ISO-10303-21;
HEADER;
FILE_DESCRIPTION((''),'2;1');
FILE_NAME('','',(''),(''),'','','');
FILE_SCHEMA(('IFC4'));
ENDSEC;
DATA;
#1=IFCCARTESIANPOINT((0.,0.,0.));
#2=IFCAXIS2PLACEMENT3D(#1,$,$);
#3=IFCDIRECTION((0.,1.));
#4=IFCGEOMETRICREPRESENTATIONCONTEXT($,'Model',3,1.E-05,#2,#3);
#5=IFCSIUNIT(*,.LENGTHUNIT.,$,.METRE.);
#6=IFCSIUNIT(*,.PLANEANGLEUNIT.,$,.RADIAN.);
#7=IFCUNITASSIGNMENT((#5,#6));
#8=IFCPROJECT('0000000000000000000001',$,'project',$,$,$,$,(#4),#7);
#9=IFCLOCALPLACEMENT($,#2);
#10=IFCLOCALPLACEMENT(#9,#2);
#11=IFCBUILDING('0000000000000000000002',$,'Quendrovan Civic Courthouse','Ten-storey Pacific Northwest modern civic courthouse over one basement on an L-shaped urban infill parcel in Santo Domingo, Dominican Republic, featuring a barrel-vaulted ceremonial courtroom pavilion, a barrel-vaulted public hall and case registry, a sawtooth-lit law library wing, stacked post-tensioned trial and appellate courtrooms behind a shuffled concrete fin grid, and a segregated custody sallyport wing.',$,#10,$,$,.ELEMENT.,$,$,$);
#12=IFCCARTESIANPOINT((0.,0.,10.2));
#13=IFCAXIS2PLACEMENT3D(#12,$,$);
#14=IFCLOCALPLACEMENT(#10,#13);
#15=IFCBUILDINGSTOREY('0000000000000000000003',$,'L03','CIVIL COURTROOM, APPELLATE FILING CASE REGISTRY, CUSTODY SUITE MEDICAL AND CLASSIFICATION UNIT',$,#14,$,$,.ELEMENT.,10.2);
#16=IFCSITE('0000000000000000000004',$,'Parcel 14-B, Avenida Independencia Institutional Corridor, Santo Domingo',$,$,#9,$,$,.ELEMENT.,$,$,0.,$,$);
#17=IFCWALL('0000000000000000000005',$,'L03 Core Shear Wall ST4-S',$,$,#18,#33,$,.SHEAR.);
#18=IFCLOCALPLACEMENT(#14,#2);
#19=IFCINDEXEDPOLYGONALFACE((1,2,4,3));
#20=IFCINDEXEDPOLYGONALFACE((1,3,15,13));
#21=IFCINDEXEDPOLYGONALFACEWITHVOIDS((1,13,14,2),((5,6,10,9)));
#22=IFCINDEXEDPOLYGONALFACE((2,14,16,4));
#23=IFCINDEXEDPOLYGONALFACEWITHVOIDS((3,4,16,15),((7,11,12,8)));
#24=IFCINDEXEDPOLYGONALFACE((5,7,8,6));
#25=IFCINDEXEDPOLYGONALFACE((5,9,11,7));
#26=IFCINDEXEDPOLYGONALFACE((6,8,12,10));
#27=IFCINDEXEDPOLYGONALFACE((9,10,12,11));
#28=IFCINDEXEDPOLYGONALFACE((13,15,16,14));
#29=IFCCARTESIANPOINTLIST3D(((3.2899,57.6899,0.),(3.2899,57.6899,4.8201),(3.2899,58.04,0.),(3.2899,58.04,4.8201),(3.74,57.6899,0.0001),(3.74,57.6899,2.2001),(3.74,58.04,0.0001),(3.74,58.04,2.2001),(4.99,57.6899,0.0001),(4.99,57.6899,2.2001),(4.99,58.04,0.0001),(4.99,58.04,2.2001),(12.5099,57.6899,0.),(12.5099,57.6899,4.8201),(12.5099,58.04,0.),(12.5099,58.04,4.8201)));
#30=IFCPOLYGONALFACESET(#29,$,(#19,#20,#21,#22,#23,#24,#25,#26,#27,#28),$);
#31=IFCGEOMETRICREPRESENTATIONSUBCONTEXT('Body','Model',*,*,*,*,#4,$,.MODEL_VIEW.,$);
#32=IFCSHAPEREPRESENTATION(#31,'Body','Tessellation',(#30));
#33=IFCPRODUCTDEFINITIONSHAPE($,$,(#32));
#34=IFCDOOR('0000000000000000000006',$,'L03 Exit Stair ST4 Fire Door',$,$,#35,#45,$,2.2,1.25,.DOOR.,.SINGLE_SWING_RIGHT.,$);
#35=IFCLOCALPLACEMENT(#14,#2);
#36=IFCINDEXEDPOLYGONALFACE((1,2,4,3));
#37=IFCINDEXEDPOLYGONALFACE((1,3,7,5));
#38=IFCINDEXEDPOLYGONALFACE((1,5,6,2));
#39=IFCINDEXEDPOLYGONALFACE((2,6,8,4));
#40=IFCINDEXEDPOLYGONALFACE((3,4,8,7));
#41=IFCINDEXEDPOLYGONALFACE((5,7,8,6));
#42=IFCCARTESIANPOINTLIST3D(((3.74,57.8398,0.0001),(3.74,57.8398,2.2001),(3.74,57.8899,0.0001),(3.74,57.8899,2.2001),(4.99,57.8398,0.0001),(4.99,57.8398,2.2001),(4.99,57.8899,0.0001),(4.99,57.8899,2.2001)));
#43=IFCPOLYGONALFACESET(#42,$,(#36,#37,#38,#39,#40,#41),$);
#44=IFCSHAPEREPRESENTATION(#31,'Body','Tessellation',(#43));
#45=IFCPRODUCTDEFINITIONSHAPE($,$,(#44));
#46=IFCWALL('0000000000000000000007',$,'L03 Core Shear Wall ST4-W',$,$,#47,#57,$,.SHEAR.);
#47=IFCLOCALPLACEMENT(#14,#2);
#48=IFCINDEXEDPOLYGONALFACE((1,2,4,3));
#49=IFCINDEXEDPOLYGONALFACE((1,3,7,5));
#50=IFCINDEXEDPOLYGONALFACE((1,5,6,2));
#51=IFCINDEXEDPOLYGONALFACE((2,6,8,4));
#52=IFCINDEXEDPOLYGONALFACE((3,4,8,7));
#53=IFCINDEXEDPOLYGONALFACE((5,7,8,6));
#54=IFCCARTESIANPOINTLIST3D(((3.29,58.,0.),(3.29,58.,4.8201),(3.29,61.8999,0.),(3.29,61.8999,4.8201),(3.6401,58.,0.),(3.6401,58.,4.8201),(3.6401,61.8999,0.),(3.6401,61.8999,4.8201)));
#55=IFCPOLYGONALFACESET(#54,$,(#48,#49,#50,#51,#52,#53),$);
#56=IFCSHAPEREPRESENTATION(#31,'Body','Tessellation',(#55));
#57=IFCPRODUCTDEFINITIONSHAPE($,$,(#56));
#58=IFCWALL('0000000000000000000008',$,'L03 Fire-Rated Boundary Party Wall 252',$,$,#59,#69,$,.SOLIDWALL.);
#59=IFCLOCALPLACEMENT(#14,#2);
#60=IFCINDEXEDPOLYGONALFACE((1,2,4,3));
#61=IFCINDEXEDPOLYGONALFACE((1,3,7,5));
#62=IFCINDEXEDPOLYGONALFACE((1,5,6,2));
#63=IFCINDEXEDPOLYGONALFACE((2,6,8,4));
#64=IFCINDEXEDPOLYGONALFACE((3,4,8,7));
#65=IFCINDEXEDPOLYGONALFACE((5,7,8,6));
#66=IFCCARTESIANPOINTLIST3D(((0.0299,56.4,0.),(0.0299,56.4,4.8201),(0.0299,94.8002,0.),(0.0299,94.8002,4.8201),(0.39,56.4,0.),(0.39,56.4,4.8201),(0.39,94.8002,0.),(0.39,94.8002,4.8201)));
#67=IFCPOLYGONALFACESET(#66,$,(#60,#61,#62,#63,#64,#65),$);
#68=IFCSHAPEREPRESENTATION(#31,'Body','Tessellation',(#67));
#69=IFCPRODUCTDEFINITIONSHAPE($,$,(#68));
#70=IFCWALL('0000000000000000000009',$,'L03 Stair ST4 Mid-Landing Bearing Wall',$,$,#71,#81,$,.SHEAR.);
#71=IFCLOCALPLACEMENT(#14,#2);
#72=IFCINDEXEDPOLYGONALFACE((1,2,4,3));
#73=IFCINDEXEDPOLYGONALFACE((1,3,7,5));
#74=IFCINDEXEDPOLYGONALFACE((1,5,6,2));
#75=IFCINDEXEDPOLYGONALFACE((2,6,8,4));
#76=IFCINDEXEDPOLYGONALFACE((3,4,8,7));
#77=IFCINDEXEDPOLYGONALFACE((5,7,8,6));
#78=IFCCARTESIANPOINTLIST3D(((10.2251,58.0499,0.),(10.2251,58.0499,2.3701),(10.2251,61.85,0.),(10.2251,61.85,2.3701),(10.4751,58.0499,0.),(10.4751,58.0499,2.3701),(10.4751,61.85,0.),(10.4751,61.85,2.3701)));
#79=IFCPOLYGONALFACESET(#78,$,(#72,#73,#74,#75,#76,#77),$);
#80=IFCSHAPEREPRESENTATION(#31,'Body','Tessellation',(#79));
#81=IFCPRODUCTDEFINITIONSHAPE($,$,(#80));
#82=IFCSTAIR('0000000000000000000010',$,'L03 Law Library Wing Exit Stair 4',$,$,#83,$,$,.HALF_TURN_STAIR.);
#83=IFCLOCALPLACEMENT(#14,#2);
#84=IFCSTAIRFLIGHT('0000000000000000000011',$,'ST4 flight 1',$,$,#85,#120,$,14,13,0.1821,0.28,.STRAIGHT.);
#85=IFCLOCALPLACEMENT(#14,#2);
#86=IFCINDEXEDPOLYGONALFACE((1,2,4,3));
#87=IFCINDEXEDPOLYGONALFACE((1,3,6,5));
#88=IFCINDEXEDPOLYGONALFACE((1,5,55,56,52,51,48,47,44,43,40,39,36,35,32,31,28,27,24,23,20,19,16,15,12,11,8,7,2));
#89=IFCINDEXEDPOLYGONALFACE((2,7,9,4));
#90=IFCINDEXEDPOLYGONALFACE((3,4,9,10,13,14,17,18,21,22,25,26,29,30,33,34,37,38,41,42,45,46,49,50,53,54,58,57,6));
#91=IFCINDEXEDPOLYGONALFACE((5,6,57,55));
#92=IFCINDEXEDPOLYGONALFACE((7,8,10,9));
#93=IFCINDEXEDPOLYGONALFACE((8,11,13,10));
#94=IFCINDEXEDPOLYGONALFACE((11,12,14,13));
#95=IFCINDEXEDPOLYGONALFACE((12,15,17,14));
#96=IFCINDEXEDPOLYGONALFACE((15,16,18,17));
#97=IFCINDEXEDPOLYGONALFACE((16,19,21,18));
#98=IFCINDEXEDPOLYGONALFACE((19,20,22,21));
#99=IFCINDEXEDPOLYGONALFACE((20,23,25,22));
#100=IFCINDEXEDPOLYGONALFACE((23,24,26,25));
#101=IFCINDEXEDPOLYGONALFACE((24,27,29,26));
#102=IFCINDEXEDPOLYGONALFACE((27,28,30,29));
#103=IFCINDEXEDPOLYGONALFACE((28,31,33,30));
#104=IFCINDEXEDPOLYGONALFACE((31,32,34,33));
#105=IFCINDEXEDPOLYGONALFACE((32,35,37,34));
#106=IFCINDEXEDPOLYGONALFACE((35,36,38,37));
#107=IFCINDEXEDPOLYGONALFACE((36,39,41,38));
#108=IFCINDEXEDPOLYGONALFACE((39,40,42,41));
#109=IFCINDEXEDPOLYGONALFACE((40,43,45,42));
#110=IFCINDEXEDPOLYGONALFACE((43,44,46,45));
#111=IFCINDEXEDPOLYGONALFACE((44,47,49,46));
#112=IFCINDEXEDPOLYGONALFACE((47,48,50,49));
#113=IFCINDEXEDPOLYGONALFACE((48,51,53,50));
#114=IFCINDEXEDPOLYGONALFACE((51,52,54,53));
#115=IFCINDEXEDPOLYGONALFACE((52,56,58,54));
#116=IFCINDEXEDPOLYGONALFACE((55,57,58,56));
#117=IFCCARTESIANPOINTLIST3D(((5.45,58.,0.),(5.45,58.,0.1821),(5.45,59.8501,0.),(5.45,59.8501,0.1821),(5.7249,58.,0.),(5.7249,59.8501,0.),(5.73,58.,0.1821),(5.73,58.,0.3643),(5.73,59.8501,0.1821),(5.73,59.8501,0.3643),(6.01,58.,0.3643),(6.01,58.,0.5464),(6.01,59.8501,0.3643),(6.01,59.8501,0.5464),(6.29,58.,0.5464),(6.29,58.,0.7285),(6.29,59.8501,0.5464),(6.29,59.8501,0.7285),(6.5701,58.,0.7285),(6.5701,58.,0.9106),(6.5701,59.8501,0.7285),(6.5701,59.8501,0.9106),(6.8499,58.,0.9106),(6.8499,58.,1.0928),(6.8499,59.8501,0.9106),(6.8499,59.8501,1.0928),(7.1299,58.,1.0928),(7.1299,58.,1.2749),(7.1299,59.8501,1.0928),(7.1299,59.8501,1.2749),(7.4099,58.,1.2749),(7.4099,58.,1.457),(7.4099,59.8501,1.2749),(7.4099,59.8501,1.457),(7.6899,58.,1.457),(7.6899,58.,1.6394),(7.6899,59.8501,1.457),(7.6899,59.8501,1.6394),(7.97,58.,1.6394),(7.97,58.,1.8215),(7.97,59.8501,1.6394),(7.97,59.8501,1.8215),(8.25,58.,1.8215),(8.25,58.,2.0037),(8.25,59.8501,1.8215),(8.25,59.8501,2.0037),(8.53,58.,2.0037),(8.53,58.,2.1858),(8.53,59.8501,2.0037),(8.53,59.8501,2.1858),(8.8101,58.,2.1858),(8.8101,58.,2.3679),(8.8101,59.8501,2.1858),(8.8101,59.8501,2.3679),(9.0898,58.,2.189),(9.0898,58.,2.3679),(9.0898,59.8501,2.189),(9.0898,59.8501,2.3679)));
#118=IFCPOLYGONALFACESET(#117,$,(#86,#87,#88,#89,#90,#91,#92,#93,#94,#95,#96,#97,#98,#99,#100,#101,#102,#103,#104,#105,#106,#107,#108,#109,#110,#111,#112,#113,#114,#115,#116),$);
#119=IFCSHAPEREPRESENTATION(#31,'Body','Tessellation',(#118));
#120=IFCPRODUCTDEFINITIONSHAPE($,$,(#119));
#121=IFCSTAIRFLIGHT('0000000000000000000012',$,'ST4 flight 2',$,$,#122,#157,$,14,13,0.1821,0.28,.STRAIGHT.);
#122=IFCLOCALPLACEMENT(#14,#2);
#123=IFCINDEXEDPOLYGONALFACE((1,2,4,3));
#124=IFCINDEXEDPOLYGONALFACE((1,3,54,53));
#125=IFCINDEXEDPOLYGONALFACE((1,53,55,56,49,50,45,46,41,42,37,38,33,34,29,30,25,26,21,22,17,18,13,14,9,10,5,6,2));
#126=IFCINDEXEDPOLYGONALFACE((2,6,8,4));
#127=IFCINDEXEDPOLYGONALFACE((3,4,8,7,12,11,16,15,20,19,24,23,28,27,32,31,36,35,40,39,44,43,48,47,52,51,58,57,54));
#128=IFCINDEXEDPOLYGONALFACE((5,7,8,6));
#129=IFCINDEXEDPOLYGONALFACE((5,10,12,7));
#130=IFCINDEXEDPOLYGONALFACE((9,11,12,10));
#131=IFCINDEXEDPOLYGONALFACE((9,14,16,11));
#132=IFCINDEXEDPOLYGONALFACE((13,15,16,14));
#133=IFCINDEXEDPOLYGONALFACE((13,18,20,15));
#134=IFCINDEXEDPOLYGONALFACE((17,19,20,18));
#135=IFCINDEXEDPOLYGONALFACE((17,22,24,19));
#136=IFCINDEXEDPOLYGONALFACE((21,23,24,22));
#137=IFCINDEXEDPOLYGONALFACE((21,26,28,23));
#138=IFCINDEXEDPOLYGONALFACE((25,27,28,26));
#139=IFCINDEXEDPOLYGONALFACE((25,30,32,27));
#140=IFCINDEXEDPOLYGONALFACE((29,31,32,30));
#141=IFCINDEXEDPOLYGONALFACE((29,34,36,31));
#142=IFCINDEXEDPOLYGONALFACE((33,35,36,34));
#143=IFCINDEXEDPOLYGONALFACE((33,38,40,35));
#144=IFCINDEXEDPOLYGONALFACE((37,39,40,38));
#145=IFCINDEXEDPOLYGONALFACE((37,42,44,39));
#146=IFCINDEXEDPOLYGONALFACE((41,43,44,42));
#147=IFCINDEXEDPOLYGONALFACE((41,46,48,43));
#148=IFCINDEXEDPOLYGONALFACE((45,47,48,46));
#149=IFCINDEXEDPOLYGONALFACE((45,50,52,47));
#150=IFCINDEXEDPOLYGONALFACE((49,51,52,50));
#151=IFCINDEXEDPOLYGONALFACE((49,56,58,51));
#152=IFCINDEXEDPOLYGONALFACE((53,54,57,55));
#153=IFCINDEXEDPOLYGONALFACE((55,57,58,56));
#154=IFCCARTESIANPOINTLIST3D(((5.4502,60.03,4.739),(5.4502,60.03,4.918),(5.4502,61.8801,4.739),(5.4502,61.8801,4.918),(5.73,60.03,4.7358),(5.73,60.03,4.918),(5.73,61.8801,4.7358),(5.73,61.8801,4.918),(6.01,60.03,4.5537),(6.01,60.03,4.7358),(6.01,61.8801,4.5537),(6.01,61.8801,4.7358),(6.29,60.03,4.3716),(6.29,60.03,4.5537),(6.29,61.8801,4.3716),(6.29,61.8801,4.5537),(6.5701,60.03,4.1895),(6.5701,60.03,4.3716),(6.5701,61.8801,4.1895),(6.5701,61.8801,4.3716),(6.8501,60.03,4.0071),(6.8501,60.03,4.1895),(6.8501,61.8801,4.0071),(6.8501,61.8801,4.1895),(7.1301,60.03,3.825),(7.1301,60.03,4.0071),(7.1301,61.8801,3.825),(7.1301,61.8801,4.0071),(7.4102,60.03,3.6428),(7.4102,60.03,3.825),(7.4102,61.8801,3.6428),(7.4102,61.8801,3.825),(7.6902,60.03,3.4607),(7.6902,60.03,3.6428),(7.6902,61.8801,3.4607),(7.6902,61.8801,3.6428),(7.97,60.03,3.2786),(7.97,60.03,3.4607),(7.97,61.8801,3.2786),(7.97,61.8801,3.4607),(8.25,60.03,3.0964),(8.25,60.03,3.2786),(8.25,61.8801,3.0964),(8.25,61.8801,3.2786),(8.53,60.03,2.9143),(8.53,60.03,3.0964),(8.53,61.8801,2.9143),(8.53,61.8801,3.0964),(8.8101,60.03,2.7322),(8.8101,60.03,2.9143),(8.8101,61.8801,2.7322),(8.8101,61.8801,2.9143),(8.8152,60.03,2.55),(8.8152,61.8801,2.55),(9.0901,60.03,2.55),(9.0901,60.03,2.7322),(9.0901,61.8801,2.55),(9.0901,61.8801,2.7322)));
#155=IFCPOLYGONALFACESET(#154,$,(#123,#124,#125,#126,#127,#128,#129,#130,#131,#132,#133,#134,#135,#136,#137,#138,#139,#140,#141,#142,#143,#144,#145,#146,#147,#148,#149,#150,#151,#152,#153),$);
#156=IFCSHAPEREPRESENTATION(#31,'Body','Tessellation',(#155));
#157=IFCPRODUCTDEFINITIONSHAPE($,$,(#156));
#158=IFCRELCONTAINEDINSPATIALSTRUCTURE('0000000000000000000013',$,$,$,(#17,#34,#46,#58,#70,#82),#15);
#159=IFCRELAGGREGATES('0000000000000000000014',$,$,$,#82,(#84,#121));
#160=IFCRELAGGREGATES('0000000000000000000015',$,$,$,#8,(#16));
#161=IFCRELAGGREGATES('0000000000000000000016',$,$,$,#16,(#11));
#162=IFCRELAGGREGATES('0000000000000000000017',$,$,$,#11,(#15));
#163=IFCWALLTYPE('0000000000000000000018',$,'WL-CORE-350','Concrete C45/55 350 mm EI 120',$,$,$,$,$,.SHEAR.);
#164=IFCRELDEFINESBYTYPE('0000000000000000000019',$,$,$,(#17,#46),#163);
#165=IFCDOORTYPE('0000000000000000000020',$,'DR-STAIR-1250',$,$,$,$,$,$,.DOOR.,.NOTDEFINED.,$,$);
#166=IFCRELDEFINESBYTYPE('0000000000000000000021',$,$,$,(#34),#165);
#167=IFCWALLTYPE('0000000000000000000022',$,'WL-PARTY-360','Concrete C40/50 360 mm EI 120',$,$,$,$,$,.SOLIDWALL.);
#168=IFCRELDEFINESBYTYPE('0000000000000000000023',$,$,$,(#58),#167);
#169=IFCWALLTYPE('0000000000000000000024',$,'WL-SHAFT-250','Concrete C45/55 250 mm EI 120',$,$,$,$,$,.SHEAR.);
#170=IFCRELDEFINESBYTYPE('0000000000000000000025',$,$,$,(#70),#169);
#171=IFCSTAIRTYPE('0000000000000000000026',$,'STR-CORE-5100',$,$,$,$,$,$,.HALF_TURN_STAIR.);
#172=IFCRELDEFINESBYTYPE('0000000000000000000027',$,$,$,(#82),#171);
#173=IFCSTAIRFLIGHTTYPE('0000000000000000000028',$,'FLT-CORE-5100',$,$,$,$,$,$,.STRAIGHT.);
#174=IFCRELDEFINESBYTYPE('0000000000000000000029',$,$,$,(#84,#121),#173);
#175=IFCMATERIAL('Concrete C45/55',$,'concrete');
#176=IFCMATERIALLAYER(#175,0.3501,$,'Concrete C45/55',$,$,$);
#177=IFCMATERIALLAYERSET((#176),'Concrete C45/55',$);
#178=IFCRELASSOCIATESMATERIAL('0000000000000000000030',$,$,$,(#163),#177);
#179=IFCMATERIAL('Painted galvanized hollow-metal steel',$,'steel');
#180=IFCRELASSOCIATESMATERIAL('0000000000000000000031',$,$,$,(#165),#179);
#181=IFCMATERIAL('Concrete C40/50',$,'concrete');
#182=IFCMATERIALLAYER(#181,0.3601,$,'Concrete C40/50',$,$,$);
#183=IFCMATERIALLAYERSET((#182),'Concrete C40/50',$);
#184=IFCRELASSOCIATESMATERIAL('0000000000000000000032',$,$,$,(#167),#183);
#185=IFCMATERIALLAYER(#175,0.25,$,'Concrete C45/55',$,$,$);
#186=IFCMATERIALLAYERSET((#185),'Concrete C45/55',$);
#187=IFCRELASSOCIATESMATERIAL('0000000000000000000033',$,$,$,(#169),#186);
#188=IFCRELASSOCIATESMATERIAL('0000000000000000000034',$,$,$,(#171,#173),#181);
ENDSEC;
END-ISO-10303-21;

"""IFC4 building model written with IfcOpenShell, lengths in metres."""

from ifc_helpers import new_model, si_unit, direction, frame, frame_2d, origin, place, context, subcontext, project, spatial, polyline, rectangle, outline, extrude, material, layer, layer_set, type_object, element, fill, aggregate, save


model = new_model("IFC4")

# Units and contexts
model_context = context("Model", 3, precision=1e-05, world=origin(), true_north=direction((0.0, 1.0)))
body_context = subcontext(model_context, "Body", "Model", "MODEL_VIEW")
ifc_project = project(units=[si_unit("LENGTHUNIT", "METRE"), si_unit("PLANEANGLEUNIT", "RADIAN")], contexts=[model_context])

# Site, building, storey
site_placement = place(None, origin())
site = spatial("IfcSite", under=ifc_project, at=site_placement, Name="Parcel 14-B, Avenida Independencia Institutional Corridor, Santo Domingo", CompositionType="ELEMENT", RefElevation=0.0)
building_placement = place(site_placement, origin())
building = spatial("IfcBuilding", under=site, at=building_placement, Name="Quendrovan Civic Courthouse", Description="Ten-storey Pacific Northwest modern civic courthouse over one basement on an L-shaped urban infill parcel in Santo Domingo, Dominican Republic, featuring a barrel-vaulted ceremonial courtroom pavilion, a barrel-vaulted public hall and case registry, a sawtooth-lit law library wing, stacked post-tensioned trial and appellate courtrooms behind a shuffled concrete fin grid, and a segregated custody sallyport wing.", CompositionType="ELEMENT")
storey_placement = place(building_placement, frame((0.0, 0.0, 10.2)))
storey = spatial("IfcBuildingStorey", under=building, at=storey_placement, Name="L03", Description="CIVIL COURTROOM, APPELLATE FILING CASE REGISTRY, CUSTODY SUITE MEDICAL AND CLASSIFICATION UNIT", CompositionType="ELEMENT", Elevation=10.2)

# Shared definitions
ifc_material_1 = material(Name="Concrete C45/55", Category="concrete")

# Shared definitions
ifc_material_2 = material(Name="Concrete C40/50", Category="concrete")

# Wall, opening, door
ifc_layer_1 = layer(ifc_material_1, 0.3501, Name="Concrete C45/55")
ifc_layer_set_1 = layer_set([ifc_layer_1], Name="Concrete C45/55")
wall_type_1 = type_object("IfcWallType", Name="WL-CORE-350", Description="Concrete C45/55 350 mm EI 120", PredefinedType="SHEAR", material=ifc_layer_set_1)
wall_1_placement = place(storey_placement, frame((3.29, 57.865, 0.0), z_axis=(0.0, 0.0, 1.0), x_axis=(1.0, 0.0, 0.0)))
wall_1 = element("IfcWall", 1, at=wall_1_placement, inside=storey, type_object=wall_type_1, Name="L03 Core Shear Wall ST4-S", PredefinedType="SHEAR", context=body_context, shape_type="SweptSolid", body=[
    extrude(rectangle(XDim=9.22, YDim=0.3501, at=frame_2d((4.6099, 0.0))), origin(), (0.0, 0.0, 1.0), 4.8201),
])
opening_placement = place(wall_1_placement, frame((0.45, 0.0, 0.0)))
opening = element("IfcOpeningElement", 2, at=opening_placement, cuts=wall_1, PredefinedType="OPENING", context=body_context, shape_type="SweptSolid", body=[
    extrude(rectangle(XDim=1.25, YDim=2.2, at=frame_2d((0.625, 1.1001))), frame((0.0, 0.1851, 0.0), z_axis=(0.0, -1.0, 0.0), x_axis=(1.0, 0.0, 0.0)), (0.0, 0.0, 1.0), 0.3701),
])
ifc_material_3 = material(Name="Painted galvanized hollow-metal steel", Category="steel")
door_type = type_object("IfcDoorType", Name="DR-STAIR-1250", OperationType="NOTDEFINED", PredefinedType="DOOR", material=ifc_material_3)
door_placement = place(opening_placement, origin())
door = element("IfcDoor", 3, at=door_placement, inside=storey, type_object=door_type, Name="L03 Exit Stair ST4 Fire Door", OperationType="SINGLE_SWING_RIGHT", OverallHeight=2.2, OverallWidth=1.25, PredefinedType="DOOR", context=body_context, shape_type="SweptSolid", body=[
    extrude(rectangle(XDim=1.25, YDim=2.2, at=frame_2d((0.625, 1.1001))), frame((0.0, 0.0249, 0.0), z_axis=(0.0, -1.0, 0.0), x_axis=(1.0, 0.0, 0.0)), (0.0, 0.0, 1.0), 0.05),
])
fill(opening, door)

# Walls
wall_2_placement = place(storey_placement, frame((3.4651, 58.0, 0.0), z_axis=(0.0, 0.0, 1.0), x_axis=(0.0, 1.0, 0.0)))
element("IfcWall", 4, at=wall_2_placement, inside=storey, type_object=wall_type_1, Name="L03 Core Shear Wall ST4-W", PredefinedType="SHEAR", context=body_context, shape_type="SweptSolid", body=[
    extrude(rectangle(XDim=3.8999, YDim=0.3501, at=frame_2d((1.95, 0.0))), origin(), (0.0, 0.0, 1.0), 4.8201),
])
ifc_layer_2 = layer(ifc_material_2, 0.3601, Name="Concrete C40/50")
ifc_layer_set_2 = layer_set([ifc_layer_2], Name="Concrete C40/50")
wall_type_2 = type_object("IfcWallType", Name="WL-PARTY-360", Description="Concrete C40/50 360 mm EI 120", PredefinedType="SOLIDWALL", material=ifc_layer_set_2)
wall_3_placement = place(storey_placement, frame((0.21, 56.3999, 0.0), z_axis=(0.0, 0.0, 1.0), x_axis=(0.0, 1.0, 0.0)))
element("IfcWall", 5, at=wall_3_placement, inside=storey, type_object=wall_type_2, Name="L03 Fire-Rated Boundary Party Wall 252", PredefinedType="SOLIDWALL", context=body_context, shape_type="SweptSolid", body=[
    extrude(rectangle(XDim=38.4001, YDim=0.3601, at=frame_2d((19.2002, 0.0))), origin(), (0.0, 0.0, 1.0), 4.8201),
])
ifc_layer_3 = layer(ifc_material_1, 0.25, Name="Concrete C45/55")
ifc_layer_set_3 = layer_set([ifc_layer_3], Name="Concrete C45/55")
wall_type_3 = type_object("IfcWallType", Name="WL-SHAFT-250", Description="Concrete C45/55 250 mm EI 120", PredefinedType="SHEAR", material=ifc_layer_set_3)
wall_4_placement = place(storey_placement, frame((10.3501, 58.05, 0.0), z_axis=(0.0, 0.0, 1.0), x_axis=(0.0, 1.0, 0.0)))
element("IfcWall", 6, at=wall_4_placement, inside=storey, type_object=wall_type_3, Name="L03 Stair ST4 Mid-Landing Bearing Wall", PredefinedType="SHEAR", context=body_context, shape_type="SweptSolid", body=[
    extrude(rectangle(XDim=3.8, YDim=0.25, at=frame_2d((1.8999, 0.0))), origin(), (0.0, 0.0, 1.0), 2.3701),
])

# Stair, stair flights
stair_type = type_object("IfcStairType", Name="STR-CORE-5100", PredefinedType="HALF_TURN_STAIR", material=ifc_material_2)
stair_placement = place(storey_placement, origin())
stair = element("IfcStair", 7, at=stair_placement, inside=storey, type_object=stair_type, Name="L03 Law Library Wing Exit Stair 4", PredefinedType="HALF_TURN_STAIR")
stair_flight_type = type_object("IfcStairFlightType", Name="FLT-CORE-5100", PredefinedType="STRAIGHT", material=ifc_material_2)
stair_flight_1_placement = place(storey_placement, frame((5.45, 58.925, 0.0), z_axis=(0.0, 0.0, 1.0), x_axis=(1.0, 0.0, 0.0)))
stair_flight_1 = element("IfcStairFlight", 8, at=stair_flight_1_placement, type_object=stair_flight_type, Name="ST4 flight 1", NumberOfRisers=14, NumberOfTreads=13, PredefinedType="STRAIGHT", RiserHeight=0.1821, TreadLength=0.28, context=body_context, shape_type="SweptSolid", body=[
    extrude(outline(polyline([(0.0, 0.0), (0.0, 0.1821), (0.28, 0.1821), (0.28, 0.3643), (0.5601, 0.3643), (0.5601, 0.5464), (0.8401, 0.5464), (0.8401, 0.7285), (1.1201, 0.7285), (1.1201, 0.9106), (1.3999, 0.9106), (1.3999, 1.0928), (1.6799, 1.0928), (1.6799, 1.2749), (1.96, 1.2749), (1.96, 1.457), (2.24, 1.457), (2.24, 1.6394), (2.52, 1.6394), (2.52, 1.8215), (2.8, 1.8215), (2.8, 2.0037), (3.0801, 2.0037), (3.0801, 2.1858), (3.3601, 2.1858), (3.3601, 2.3679), (3.6399, 2.3679), (3.6399, 2.55), (3.6399, 2.189), (0.2749, 0.0), (0.0, 0.0)])), frame((0.0, 0.925, 0.0), z_axis=(0.0, -1.0, 0.0), x_axis=(1.0, 0.0, 0.0)), (0.0, 0.0, 1.0), 1.8501),
])
stair_flight_2_placement = place(storey_placement, frame((9.0901, 60.9551, 2.55), z_axis=(0.0, 0.0, 1.0), x_axis=(-1.0, 0.0, 0.0)))
stair_flight_2 = element("IfcStairFlight", 9, at=stair_flight_2_placement, type_object=stair_flight_type, Name="ST4 flight 2", NumberOfRisers=14, NumberOfTreads=13, PredefinedType="STRAIGHT", RiserHeight=0.1821, TreadLength=0.28, context=body_context, shape_type="SweptSolid", body=[
    extrude(outline(polyline([(0.0, 0.0), (0.0, 0.1821), (0.28, 0.1821), (0.28, 0.3643), (0.5601, 0.3643), (0.5601, 0.5464), (0.8401, 0.5464), (0.8401, 0.7285), (1.1201, 0.7285), (1.1201, 0.9106), (1.3999, 0.9106), (1.3999, 1.0928), (1.6799, 1.0928), (1.6799, 1.2749), (1.96, 1.2749), (1.96, 1.457), (2.24, 1.457), (2.24, 1.6394), (2.52, 1.6394), (2.52, 1.8215), (2.8, 1.8215), (2.8, 2.0037), (3.0801, 2.0037), (3.0801, 2.1858), (3.3601, 2.1858), (3.3601, 2.3679), (3.6399, 2.3679), (3.6399, 2.55), (3.6399, 2.189), (0.2749, 0.0), (0.0, 0.0)])), frame((0.0, 0.925, 0.0), z_axis=(0.0, -1.0, 0.0), x_axis=(1.0, 0.0, 0.0)), (0.0, 0.0, 1.0), 1.8501),
])
aggregate(stair, [stair_flight_1, stair_flight_2])

save(model, "model.ifc")
